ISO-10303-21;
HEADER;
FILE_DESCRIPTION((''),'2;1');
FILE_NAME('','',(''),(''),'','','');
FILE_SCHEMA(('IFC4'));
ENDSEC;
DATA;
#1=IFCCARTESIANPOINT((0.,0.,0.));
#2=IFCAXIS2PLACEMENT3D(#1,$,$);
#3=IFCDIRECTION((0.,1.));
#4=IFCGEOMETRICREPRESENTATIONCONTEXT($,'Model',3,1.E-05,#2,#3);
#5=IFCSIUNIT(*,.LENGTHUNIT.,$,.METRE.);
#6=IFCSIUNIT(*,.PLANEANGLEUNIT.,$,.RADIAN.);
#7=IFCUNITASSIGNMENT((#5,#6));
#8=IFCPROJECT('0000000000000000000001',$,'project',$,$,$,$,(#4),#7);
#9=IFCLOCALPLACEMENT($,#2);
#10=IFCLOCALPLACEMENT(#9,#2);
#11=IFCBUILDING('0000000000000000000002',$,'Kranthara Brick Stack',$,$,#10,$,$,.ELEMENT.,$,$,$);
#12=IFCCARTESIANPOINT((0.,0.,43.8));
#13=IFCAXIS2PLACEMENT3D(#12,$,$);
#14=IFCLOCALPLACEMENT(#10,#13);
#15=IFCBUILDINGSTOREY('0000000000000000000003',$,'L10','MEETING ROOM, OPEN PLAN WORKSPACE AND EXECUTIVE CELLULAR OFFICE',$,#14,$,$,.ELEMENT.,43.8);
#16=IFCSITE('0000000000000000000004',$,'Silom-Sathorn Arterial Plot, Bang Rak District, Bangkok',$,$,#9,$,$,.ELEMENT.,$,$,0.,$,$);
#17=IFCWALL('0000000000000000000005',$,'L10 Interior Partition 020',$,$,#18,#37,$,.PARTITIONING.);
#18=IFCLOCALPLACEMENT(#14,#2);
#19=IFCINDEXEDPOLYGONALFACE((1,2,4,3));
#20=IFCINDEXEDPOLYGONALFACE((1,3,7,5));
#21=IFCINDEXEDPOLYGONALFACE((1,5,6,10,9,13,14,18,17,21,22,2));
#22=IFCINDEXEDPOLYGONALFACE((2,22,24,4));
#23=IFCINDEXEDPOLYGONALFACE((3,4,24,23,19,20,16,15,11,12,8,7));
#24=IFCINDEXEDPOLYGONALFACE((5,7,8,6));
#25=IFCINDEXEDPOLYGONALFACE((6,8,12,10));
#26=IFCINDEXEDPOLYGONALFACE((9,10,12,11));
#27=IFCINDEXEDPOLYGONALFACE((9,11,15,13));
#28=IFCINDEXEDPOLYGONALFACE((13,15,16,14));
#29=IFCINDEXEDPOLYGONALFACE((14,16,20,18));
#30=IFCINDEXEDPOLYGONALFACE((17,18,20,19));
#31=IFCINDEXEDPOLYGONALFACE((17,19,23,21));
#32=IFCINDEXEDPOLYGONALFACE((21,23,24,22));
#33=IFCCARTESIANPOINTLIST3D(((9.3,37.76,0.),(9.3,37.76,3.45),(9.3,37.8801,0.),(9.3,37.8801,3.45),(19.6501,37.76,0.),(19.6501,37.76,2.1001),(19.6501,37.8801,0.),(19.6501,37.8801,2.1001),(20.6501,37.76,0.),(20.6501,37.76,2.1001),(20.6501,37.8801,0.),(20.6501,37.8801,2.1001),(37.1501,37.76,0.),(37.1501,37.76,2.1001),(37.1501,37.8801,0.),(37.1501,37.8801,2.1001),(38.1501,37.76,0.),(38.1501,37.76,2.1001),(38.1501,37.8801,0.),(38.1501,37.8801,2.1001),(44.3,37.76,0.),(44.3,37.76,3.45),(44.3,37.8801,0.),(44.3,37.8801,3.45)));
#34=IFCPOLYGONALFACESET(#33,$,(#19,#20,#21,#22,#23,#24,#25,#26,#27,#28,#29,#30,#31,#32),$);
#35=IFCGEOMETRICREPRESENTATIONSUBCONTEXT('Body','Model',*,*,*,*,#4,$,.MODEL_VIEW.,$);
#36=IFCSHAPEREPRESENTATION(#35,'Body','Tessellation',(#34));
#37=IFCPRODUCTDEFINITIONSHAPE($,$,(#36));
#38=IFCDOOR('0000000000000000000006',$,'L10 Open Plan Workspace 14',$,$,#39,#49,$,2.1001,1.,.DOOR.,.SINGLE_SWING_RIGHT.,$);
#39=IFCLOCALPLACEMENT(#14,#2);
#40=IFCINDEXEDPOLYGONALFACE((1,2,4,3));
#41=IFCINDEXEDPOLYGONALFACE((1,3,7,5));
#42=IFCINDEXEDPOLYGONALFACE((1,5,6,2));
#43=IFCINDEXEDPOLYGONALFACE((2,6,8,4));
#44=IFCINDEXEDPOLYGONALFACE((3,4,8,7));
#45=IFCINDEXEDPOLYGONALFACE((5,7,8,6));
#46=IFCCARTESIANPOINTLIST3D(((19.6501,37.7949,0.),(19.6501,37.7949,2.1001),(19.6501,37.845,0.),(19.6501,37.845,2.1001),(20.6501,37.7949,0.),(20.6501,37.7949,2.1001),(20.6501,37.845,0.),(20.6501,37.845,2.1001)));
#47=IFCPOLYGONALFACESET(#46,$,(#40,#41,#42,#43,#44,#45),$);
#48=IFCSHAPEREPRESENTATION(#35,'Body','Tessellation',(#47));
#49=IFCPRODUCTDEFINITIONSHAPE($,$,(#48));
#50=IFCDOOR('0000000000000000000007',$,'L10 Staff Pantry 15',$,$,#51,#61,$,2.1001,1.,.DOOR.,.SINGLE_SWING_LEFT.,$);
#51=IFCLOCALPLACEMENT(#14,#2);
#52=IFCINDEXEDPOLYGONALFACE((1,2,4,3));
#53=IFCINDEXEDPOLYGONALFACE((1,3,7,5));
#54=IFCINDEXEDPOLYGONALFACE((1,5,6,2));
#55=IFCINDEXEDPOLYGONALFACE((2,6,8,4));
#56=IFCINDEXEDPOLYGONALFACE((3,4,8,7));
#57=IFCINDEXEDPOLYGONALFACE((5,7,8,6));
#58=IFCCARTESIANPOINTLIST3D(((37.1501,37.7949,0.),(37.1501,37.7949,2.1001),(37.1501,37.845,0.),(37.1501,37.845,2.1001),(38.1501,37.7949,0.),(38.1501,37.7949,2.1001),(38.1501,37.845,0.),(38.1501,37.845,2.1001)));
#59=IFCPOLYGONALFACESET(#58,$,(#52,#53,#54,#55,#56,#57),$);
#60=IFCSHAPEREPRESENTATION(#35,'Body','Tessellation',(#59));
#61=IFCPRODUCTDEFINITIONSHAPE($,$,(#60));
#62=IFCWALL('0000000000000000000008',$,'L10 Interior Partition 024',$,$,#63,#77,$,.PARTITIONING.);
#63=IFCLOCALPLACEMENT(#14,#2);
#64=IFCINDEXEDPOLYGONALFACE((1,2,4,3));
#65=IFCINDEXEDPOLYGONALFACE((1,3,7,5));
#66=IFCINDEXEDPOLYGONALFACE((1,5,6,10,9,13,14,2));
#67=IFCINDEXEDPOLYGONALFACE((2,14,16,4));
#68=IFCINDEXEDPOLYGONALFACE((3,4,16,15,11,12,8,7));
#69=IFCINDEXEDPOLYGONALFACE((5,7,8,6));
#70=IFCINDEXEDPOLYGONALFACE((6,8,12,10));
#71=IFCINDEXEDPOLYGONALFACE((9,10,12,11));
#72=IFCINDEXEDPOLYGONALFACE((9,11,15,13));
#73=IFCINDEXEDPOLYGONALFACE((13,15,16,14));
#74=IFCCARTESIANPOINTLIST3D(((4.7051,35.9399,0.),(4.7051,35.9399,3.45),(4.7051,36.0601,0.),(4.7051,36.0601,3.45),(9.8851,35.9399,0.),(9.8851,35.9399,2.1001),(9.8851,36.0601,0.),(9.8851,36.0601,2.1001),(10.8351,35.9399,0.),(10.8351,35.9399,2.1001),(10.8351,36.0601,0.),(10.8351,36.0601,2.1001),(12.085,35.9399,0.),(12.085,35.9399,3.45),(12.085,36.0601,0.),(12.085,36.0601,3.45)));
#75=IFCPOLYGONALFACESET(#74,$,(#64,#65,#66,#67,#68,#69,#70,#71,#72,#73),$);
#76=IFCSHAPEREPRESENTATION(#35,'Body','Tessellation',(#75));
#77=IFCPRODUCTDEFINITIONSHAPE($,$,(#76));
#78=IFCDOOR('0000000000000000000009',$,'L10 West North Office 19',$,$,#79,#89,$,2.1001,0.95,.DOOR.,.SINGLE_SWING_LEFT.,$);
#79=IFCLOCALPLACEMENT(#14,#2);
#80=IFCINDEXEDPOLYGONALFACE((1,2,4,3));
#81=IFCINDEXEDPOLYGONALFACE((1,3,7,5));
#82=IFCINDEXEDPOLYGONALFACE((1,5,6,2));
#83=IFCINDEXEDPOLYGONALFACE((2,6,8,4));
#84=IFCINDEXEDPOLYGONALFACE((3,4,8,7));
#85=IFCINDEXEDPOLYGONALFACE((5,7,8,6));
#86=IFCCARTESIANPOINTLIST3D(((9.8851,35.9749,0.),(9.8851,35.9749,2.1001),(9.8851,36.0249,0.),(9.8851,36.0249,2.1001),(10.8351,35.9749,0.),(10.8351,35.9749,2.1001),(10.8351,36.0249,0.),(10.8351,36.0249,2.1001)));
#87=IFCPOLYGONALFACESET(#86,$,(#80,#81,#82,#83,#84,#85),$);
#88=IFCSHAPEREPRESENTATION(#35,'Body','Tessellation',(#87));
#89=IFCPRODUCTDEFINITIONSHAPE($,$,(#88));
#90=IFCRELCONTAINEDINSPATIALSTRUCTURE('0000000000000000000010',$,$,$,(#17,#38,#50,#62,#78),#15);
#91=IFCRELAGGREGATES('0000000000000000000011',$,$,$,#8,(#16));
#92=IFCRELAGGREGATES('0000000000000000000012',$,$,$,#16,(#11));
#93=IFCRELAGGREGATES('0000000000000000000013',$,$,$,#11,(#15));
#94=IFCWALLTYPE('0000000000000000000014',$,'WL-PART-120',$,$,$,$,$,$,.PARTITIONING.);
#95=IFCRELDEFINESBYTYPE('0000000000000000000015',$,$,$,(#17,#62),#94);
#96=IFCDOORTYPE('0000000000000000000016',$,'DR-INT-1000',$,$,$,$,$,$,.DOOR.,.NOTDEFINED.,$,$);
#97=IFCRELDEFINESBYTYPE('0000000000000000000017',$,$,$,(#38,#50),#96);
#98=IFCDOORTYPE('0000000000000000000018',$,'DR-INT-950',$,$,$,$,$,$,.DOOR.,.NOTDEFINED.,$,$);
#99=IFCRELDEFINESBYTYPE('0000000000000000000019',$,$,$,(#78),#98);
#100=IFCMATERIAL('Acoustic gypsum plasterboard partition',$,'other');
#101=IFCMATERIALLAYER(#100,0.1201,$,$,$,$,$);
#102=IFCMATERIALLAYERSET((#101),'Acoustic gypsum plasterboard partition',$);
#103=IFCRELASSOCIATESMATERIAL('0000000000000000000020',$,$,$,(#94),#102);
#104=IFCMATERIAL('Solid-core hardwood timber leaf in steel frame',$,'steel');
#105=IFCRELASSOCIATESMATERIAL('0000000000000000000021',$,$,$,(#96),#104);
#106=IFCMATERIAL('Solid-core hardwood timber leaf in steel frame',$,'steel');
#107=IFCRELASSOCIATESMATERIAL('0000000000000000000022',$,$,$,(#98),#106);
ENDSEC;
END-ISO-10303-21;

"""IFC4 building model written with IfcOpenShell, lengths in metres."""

from ifc_helpers import new_model, si_unit, direction, frame, frame_2d, origin, place, context, subcontext, project, spatial, rectangle, extrude, material, layer, layer_set, type_object, element, fill, save


model = new_model("IFC4")

# Units and contexts
model_context = context("Model", 3, precision=1e-05, world=origin(), true_north=direction((0.0, 1.0)))
body_context = subcontext(model_context, "Body", "Model", "MODEL_VIEW")
ifc_project = project(units=[si_unit("LENGTHUNIT", "METRE"), si_unit("PLANEANGLEUNIT", "RADIAN")], contexts=[model_context])

# Site, building, storey
site_placement = place(None, origin())
site = spatial("IfcSite", under=ifc_project, at=site_placement, Name="Silom-Sathorn Arterial Plot, Bang Rak District, Bangkok", CompositionType="ELEMENT", RefElevation=0.0)
building_placement = place(site_placement, origin())
building = spatial("IfcBuilding", under=site, at=building_placement, Name="Kranthara Brick Stack", CompositionType="ELEMENT")
storey_placement = place(building_placement, frame((0.0, 0.0, 43.8)))
storey = spatial("IfcBuildingStorey", under=building, at=storey_placement, Name="L10", Description="MEETING ROOM, OPEN PLAN WORKSPACE AND EXECUTIVE CELLULAR OFFICE", CompositionType="ELEMENT", Elevation=43.8)

# Wall, openings, doors
ifc_material_1 = material(Name="Acoustic gypsum plasterboard partition", Category="other")
ifc_layer_1 = layer(ifc_material_1, 0.1201)
ifc_layer_set_1 = layer_set([ifc_layer_1], Name="Acoustic gypsum plasterboard partition")
wall_type_1 = type_object("IfcWallType", Name="WL-PART-120", PredefinedType="PARTITIONING", material=ifc_layer_set_1)
wall_1_placement = place(storey_placement, frame((9.3, 37.8201, 0.0), z_axis=(0.0, 0.0, 1.0), x_axis=(1.0, 0.0, 0.0)))
wall_1 = element("IfcWall", 1, at=wall_1_placement, inside=storey, type_object=wall_type_1, Name="L10 Interior Partition 020", PredefinedType="PARTITIONING", context=body_context, shape_type="SweptSolid", body=[
    extrude(rectangle(XDim=35.0, YDim=0.1201, at=frame_2d((17.5, 0.0))), origin(), (0.0, 0.0, 1.0), 3.45),
])
opening_1_placement = place(wall_1_placement, frame((10.3501, 0.0, 0.0)))
opening_1 = element("IfcOpeningElement", 2, at=opening_1_placement, cuts=wall_1, PredefinedType="OPENING", context=body_context, shape_type="SweptSolid", body=[
    extrude(rectangle(XDim=1.0, YDim=2.1001, at=frame_2d((0.5, 1.05))), frame((0.0, 0.0701, 0.0), z_axis=(0.0, -1.0, 0.0), x_axis=(1.0, 0.0, 0.0)), (0.0, 0.0, 1.0), 0.1401),
])
opening_2_placement = place(wall_1_placement, frame((27.8501, 0.0, 0.0)))
opening_2 = element("IfcOpeningElement", 3, at=opening_2_placement, cuts=wall_1, PredefinedType="OPENING", context=body_context, shape_type="SweptSolid", body=[
    extrude(rectangle(XDim=1.0, YDim=2.1001, at=frame_2d((0.5, 1.05))), frame((0.0, 0.0701, 0.0), z_axis=(0.0, -1.0, 0.0), x_axis=(1.0, 0.0, 0.0)), (0.0, 0.0, 1.0), 0.1401),
])
ifc_material_2 = material(Name="Solid-core hardwood timber leaf in steel frame", Category="steel")
door_type_1 = type_object("IfcDoorType", Name="DR-INT-1000", OperationType="NOTDEFINED", PredefinedType="DOOR", material=ifc_material_2)
door_1_placement = place(opening_1_placement, origin())
door_1 = element("IfcDoor", 4, at=door_1_placement, inside=storey, type_object=door_type_1, Name="L10 Open Plan Workspace 14", OperationType="SINGLE_SWING_RIGHT", OverallHeight=2.1001, OverallWidth=1.0, PredefinedType="DOOR", context=body_context, shape_type="SweptSolid", body=[
    extrude(rectangle(XDim=1.0, YDim=2.1001, at=frame_2d((0.5, 1.05))), frame((0.0, 0.0249, 0.0), z_axis=(0.0, -1.0, 0.0), x_axis=(1.0, 0.0, 0.0)), (0.0, 0.0, 1.0), 0.05),
])
fill(opening_1, door_1)
door_2_placement = place(opening_2_placement, origin())
door_2 = element("IfcDoor", 5, at=door_2_placement, inside=storey, type_object=door_type_1, Name="L10 Staff Pantry 15", OperationType="SINGLE_SWING_LEFT", OverallHeight=2.1001, OverallWidth=1.0, PredefinedType="DOOR", context=body_context, shape_type="SweptSolid", body=[
    extrude(rectangle(XDim=1.0, YDim=2.1001, at=frame_2d((0.5, 1.05))), frame((0.0, 0.0249, 0.0), z_axis=(0.0, -1.0, 0.0), x_axis=(1.0, 0.0, 0.0)), (0.0, 0.0, 1.0), 0.05),
])
fill(opening_2, door_2)

# Wall, opening, door
wall_2_placement = place(storey_placement, frame((4.7051, 36.0, 0.0), z_axis=(0.0, 0.0, 1.0), x_axis=(1.0, 0.0, 0.0)))
wall_2 = element("IfcWall", 6, at=wall_2_placement, inside=storey, type_object=wall_type_1, Name="L10 Interior Partition 024", PredefinedType="PARTITIONING", context=body_context, shape_type="SweptSolid", body=[
    extrude(rectangle(XDim=7.3799, YDim=0.1201, at=frame_2d((3.6899, 0.0))), origin(), (0.0, 0.0, 1.0), 3.45),
])
opening_3_placement = place(wall_2_placement, frame((5.1799, 0.0, 0.0)))
opening_3 = element("IfcOpeningElement", 7, at=opening_3_placement, cuts=wall_2, PredefinedType="OPENING", context=body_context, shape_type="SweptSolid", body=[
    extrude(rectangle(XDim=0.95, YDim=2.1001, at=frame_2d((0.4751, 1.05))), frame((0.0, 0.0701, 0.0), z_axis=(0.0, -1.0, 0.0), x_axis=(1.0, 0.0, 0.0)), (0.0, 0.0, 1.0), 0.1401),
])
ifc_material_3 = material(Name="Solid-core hardwood timber leaf in steel frame", Category="steel")
door_type_2 = type_object("IfcDoorType", Name="DR-INT-950", OperationType="NOTDEFINED", PredefinedType="DOOR", material=ifc_material_3)
door_3_placement = place(opening_3_placement, origin())
door_3 = element("IfcDoor", 8, at=door_3_placement, inside=storey, type_object=door_type_2, Name="L10 West North Office 19", OperationType="SINGLE_SWING_LEFT", OverallHeight=2.1001, OverallWidth=0.95, PredefinedType="DOOR", context=body_context, shape_type="SweptSolid", body=[
    extrude(rectangle(XDim=0.95, YDim=2.1001, at=frame_2d((0.4751, 1.05))), frame((0.0, 0.0249, 0.0), z_axis=(0.0, -1.0, 0.0), x_axis=(1.0, 0.0, 0.0)), (0.0, 0.0, 1.0), 0.05),
])
fill(opening_3, door_3)

save(model, "model.ifc")
